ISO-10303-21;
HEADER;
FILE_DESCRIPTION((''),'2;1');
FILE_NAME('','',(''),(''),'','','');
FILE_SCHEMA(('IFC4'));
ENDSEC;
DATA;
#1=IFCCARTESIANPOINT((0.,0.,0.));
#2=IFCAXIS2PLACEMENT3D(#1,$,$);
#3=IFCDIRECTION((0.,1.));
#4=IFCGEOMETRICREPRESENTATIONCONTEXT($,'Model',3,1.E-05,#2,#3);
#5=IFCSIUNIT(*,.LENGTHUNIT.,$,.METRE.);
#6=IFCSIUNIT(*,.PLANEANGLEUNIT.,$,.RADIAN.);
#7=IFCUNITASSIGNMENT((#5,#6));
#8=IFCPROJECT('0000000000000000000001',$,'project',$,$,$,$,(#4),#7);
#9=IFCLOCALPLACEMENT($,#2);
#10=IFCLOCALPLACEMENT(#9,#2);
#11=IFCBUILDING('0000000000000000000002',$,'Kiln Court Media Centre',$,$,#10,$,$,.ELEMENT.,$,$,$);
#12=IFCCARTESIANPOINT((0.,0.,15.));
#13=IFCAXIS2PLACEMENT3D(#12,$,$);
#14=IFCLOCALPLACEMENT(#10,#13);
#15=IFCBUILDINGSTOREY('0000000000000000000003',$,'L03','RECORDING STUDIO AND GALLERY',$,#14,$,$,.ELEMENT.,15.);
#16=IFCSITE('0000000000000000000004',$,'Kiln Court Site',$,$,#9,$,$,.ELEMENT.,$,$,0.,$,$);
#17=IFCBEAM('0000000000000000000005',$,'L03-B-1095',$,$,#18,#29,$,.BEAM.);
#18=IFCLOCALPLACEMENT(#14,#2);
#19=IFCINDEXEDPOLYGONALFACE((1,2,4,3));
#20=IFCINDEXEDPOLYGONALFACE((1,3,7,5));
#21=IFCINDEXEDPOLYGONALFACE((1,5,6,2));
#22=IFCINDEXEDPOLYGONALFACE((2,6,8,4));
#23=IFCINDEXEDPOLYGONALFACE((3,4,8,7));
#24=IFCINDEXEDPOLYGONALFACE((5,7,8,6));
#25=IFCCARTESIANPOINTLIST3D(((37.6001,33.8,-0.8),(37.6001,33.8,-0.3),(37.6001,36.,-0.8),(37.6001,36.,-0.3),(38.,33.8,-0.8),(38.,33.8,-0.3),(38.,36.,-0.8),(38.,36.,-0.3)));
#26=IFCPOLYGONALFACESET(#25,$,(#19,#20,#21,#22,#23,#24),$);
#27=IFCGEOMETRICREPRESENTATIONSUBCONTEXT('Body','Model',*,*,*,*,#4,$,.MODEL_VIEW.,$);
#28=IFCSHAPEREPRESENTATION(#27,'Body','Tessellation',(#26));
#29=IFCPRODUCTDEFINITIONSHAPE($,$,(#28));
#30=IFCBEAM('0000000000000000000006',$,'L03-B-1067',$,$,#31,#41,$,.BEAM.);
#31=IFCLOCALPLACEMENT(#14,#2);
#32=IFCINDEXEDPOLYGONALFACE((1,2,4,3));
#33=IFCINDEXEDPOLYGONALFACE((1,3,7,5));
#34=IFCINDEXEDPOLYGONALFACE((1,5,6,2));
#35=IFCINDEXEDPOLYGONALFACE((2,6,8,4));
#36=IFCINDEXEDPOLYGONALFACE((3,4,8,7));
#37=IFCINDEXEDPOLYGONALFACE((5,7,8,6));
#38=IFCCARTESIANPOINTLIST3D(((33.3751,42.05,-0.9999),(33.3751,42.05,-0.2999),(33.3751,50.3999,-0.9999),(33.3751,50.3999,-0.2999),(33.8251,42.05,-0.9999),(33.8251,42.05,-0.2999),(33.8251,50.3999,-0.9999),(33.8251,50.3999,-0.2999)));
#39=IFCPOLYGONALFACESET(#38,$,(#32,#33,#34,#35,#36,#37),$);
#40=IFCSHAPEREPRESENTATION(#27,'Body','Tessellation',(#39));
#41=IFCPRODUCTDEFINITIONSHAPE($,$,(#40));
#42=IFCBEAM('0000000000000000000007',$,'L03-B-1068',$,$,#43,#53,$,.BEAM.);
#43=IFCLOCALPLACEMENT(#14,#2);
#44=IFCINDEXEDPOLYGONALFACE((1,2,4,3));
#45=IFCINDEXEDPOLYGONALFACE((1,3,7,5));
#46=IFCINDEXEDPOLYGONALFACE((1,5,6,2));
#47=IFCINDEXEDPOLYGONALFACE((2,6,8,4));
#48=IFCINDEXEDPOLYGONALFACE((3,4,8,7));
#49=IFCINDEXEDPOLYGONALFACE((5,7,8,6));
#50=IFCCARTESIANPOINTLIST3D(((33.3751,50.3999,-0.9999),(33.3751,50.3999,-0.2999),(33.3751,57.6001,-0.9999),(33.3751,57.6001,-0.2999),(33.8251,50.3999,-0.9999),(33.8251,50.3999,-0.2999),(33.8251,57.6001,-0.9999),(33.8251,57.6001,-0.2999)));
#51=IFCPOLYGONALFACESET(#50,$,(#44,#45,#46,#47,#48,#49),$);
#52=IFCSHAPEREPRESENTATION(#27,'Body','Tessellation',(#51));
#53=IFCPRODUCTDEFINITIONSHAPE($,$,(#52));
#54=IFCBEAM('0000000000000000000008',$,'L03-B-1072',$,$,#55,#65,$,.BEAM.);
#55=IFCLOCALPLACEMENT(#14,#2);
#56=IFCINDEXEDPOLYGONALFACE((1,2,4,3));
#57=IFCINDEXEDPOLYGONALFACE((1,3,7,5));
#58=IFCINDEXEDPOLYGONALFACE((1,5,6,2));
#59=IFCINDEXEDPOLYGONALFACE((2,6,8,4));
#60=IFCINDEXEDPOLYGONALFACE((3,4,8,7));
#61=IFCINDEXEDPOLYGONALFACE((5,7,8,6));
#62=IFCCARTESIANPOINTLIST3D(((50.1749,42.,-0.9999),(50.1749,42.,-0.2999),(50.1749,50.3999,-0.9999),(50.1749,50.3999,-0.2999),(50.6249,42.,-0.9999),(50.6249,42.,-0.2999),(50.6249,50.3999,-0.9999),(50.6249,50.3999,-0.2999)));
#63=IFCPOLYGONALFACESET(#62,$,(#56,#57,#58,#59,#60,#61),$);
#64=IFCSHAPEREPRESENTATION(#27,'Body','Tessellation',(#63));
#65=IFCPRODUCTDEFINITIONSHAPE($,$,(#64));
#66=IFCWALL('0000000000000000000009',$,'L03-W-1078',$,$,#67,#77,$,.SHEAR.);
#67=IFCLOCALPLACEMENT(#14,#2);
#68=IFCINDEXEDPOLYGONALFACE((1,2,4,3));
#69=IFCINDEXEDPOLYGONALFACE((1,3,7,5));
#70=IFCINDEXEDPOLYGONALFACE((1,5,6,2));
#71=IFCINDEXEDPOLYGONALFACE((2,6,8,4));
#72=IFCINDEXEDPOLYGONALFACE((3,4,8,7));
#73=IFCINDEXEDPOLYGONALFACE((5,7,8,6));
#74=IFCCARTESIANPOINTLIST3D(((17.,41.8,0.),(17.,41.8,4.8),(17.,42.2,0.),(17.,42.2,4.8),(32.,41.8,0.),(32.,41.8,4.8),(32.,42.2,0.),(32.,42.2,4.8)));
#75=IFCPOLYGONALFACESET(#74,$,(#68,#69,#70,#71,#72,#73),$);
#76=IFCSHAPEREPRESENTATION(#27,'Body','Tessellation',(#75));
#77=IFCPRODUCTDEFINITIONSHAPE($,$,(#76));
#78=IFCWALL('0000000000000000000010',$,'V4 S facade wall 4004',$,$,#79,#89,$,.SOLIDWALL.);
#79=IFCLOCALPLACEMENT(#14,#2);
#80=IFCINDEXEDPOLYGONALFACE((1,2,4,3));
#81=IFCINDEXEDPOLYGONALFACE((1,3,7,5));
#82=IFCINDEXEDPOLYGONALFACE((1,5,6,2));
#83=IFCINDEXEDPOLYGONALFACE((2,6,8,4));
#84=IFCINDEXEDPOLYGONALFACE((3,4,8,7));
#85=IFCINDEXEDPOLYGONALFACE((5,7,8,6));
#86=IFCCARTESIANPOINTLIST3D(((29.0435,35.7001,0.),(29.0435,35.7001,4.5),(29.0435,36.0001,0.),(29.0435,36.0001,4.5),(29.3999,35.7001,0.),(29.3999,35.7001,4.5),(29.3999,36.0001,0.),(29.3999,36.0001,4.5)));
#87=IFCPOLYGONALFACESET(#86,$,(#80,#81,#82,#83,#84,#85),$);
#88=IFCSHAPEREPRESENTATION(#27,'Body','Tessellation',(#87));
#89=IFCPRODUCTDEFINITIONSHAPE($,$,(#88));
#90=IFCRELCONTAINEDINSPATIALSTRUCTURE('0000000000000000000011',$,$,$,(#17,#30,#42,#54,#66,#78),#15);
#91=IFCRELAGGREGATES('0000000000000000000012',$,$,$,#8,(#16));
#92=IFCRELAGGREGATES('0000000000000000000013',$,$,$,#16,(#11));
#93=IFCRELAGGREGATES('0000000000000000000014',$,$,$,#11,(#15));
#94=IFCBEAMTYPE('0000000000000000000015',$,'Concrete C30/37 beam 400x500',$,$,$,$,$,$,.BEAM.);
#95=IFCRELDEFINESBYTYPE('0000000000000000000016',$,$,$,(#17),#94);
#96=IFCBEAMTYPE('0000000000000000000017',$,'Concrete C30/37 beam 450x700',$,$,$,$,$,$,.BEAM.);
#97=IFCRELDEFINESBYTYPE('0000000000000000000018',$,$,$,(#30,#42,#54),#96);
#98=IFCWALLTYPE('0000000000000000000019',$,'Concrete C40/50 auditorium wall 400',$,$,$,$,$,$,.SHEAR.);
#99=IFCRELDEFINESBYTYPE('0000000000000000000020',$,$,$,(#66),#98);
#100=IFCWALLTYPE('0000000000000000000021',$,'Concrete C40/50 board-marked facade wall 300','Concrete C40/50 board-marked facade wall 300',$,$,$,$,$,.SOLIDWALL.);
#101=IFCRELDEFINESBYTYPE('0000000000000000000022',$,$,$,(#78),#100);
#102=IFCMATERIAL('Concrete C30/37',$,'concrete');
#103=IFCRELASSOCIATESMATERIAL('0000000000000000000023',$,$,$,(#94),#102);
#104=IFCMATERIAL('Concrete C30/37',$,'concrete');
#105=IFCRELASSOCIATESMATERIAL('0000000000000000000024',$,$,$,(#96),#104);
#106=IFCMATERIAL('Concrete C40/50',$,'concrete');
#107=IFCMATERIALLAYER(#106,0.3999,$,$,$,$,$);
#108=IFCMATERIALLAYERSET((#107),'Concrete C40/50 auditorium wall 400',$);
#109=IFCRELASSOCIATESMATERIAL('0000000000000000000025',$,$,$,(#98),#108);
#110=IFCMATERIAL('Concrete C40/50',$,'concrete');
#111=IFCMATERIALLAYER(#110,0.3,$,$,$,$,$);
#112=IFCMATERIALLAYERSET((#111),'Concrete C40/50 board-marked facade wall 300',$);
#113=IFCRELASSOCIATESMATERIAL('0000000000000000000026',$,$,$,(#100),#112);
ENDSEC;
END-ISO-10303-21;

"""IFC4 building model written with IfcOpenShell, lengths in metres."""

from ifc_helpers import new_model, si_unit, direction, frame, frame_2d, origin, origin_2d, place, context, subcontext, project, spatial, rectangle, extrude, material, layer, layer_set, material_profile, profile_set, type_object, element, save


model = new_model("IFC4")

# Units and contexts
model_context = context("Model", 3, precision=1e-05, world=origin(), true_north=direction((0.0, 1.0)))
body_context = subcontext(model_context, "Body", "Model", "MODEL_VIEW")
ifc_project = project(units=[si_unit("LENGTHUNIT", "METRE"), si_unit("PLANEANGLEUNIT", "RADIAN")], contexts=[model_context])

# Site, building, storey
site_placement = place(None, origin())
site = spatial("IfcSite", under=ifc_project, at=site_placement, Name="Kiln Court Site", CompositionType="ELEMENT", RefElevation=0.0)
building_placement = place(site_placement, origin())
building = spatial("IfcBuilding", under=site, at=building_placement, Name="Kiln Court Media Centre", CompositionType="ELEMENT")
storey_placement = place(building_placement, frame((0.0, 0.0, 15.0)))
storey = spatial("IfcBuildingStorey", under=building, at=storey_placement, Name="L03", Description="RECORDING STUDIO AND GALLERY", CompositionType="ELEMENT", Elevation=15.0)

# Beams
ifc_material_1 = material(Name="Concrete C30/37", Category="concrete")
ifc_material_profile_1 = material_profile(ifc_material_1, rectangle(XDim=0.3999, YDim=0.5, at=origin_2d()), Name="RC 400x500")
ifc_profile_set_1 = profile_set([ifc_material_profile_1], Name="Concrete C30/37")
beam_type_1 = type_object("IfcBeamType", Name="Concrete C30/37 beam 400x500", PredefinedType="BEAM", material=ifc_profile_set_1)
beam_1_placement = place(storey_placement, frame((37.8, 36.0, -0.55), z_axis=(0.0, -1.0, 0.0), x_axis=(1.0, 0.0, 0.0)))
element("IfcBeam", 1, at=beam_1_placement, inside=storey, type_object=beam_type_1, Name="L03-B-1095", PredefinedType="BEAM", context=body_context, shape_type="SweptSolid", body=[
    extrude(rectangle(XDim=0.3999, YDim=0.5, at=origin_2d()), origin(), (0.0, 0.0, 1.0), 2.2),
])
ifc_material_2 = material(Name="Concrete C30/37", Category="concrete")
ifc_material_profile_2 = material_profile(ifc_material_2, rectangle(XDim=0.45, YDim=0.7, at=origin_2d()), Name="RC 450x700")
ifc_profile_set_2 = profile_set([ifc_material_profile_2], Name="Concrete C30/37")
beam_type_2 = type_object("IfcBeamType", Name="Concrete C30/37 beam 450x700", PredefinedType="BEAM", material=ifc_profile_set_2)
beam_2_placement = place(storey_placement, frame((33.6001, 42.05, -0.6499), z_axis=(0.0, 1.0, 0.0), x_axis=(-1.0, 0.0, 0.0)))
element("IfcBeam", 2, at=beam_2_placement, inside=storey, type_object=beam_type_2, Name="L03-B-1067", PredefinedType="BEAM", context=body_context, shape_type="SweptSolid", body=[
    extrude(rectangle(XDim=0.45, YDim=0.7, at=origin_2d()), origin(), (0.0, 0.0, 1.0), 8.3499),
])
beam_3_placement = place(storey_placement, frame((33.6001, 50.3999, -0.6499), z_axis=(0.0, 1.0, 0.0), x_axis=(-1.0, 0.0, 0.0)))
element("IfcBeam", 3, at=beam_3_placement, inside=storey, type_object=beam_type_2, Name="L03-B-1068", PredefinedType="BEAM", context=body_context, shape_type="SweptSolid", body=[
    extrude(rectangle(XDim=0.45, YDim=0.7, at=origin_2d()), origin(), (0.0, 0.0, 1.0), 7.2002),
])
beam_4_placement = place(storey_placement, frame((50.3999, 42.0, -0.6499), z_axis=(0.0, 1.0, 0.0), x_axis=(-1.0, 0.0, 0.0)))
element("IfcBeam", 4, at=beam_4_placement, inside=storey, type_object=beam_type_2, Name="L03-B-1072", PredefinedType="BEAM", context=body_context, shape_type="SweptSolid", body=[
    extrude(rectangle(XDim=0.45, YDim=0.7, at=origin_2d()), origin(), (0.0, 0.0, 1.0), 8.3999),
])

# Walls
ifc_material_3 = material(Name="Concrete C40/50", Category="concrete")
ifc_layer_1 = layer(ifc_material_3, 0.3999)
ifc_layer_set_1 = layer_set([ifc_layer_1], Name="Concrete C40/50 auditorium wall 400")
wall_type_1 = type_object("IfcWallType", Name="Concrete C40/50 auditorium wall 400", PredefinedType="SHEAR", material=ifc_layer_set_1)
wall_1_placement = place(storey_placement, frame((32.0, 42.0, 0.0), z_axis=(0.0, 0.0, 1.0), x_axis=(-1.0, 0.0, 0.0)))
element("IfcWall", 5, at=wall_1_placement, inside=storey, type_object=wall_type_1, Name="L03-W-1078", PredefinedType="SHEAR", context=body_context, shape_type="SweptSolid", body=[
    extrude(rectangle(XDim=15.0, YDim=0.3999, at=frame_2d((7.5, 0.0))), origin(), (0.0, 0.0, 1.0), 4.8),
])
ifc_material_4 = material(Name="Concrete C40/50", Category="concrete")
ifc_layer_2 = layer(ifc_material_4, 0.3)
ifc_layer_set_2 = layer_set([ifc_layer_2], Name="Concrete C40/50 board-marked facade wall 300")
wall_type_2 = type_object("IfcWallType", Name="Concrete C40/50 board-marked facade wall 300", Description="Concrete C40/50 board-marked facade wall 300", PredefinedType="SOLIDWALL", material=ifc_layer_set_2)
wall_2_placement = place(storey_placement, frame((29.3999, 35.8501, 0.0), z_axis=(0.0, 0.0, 1.0), x_axis=(-1.0, 0.0, 0.0)))
element("IfcWall", 6, at=wall_2_placement, inside=storey, type_object=wall_type_2, Name="V4 S facade wall 4004", PredefinedType="SOLIDWALL", context=body_context, shape_type="SweptSolid", body=[
    extrude(rectangle(XDim=0.3564, YDim=0.3, at=frame_2d((0.1782, 0.0))), origin(), (0.0, 0.0, 1.0), 4.5),
])

save(model, "model.ifc")
